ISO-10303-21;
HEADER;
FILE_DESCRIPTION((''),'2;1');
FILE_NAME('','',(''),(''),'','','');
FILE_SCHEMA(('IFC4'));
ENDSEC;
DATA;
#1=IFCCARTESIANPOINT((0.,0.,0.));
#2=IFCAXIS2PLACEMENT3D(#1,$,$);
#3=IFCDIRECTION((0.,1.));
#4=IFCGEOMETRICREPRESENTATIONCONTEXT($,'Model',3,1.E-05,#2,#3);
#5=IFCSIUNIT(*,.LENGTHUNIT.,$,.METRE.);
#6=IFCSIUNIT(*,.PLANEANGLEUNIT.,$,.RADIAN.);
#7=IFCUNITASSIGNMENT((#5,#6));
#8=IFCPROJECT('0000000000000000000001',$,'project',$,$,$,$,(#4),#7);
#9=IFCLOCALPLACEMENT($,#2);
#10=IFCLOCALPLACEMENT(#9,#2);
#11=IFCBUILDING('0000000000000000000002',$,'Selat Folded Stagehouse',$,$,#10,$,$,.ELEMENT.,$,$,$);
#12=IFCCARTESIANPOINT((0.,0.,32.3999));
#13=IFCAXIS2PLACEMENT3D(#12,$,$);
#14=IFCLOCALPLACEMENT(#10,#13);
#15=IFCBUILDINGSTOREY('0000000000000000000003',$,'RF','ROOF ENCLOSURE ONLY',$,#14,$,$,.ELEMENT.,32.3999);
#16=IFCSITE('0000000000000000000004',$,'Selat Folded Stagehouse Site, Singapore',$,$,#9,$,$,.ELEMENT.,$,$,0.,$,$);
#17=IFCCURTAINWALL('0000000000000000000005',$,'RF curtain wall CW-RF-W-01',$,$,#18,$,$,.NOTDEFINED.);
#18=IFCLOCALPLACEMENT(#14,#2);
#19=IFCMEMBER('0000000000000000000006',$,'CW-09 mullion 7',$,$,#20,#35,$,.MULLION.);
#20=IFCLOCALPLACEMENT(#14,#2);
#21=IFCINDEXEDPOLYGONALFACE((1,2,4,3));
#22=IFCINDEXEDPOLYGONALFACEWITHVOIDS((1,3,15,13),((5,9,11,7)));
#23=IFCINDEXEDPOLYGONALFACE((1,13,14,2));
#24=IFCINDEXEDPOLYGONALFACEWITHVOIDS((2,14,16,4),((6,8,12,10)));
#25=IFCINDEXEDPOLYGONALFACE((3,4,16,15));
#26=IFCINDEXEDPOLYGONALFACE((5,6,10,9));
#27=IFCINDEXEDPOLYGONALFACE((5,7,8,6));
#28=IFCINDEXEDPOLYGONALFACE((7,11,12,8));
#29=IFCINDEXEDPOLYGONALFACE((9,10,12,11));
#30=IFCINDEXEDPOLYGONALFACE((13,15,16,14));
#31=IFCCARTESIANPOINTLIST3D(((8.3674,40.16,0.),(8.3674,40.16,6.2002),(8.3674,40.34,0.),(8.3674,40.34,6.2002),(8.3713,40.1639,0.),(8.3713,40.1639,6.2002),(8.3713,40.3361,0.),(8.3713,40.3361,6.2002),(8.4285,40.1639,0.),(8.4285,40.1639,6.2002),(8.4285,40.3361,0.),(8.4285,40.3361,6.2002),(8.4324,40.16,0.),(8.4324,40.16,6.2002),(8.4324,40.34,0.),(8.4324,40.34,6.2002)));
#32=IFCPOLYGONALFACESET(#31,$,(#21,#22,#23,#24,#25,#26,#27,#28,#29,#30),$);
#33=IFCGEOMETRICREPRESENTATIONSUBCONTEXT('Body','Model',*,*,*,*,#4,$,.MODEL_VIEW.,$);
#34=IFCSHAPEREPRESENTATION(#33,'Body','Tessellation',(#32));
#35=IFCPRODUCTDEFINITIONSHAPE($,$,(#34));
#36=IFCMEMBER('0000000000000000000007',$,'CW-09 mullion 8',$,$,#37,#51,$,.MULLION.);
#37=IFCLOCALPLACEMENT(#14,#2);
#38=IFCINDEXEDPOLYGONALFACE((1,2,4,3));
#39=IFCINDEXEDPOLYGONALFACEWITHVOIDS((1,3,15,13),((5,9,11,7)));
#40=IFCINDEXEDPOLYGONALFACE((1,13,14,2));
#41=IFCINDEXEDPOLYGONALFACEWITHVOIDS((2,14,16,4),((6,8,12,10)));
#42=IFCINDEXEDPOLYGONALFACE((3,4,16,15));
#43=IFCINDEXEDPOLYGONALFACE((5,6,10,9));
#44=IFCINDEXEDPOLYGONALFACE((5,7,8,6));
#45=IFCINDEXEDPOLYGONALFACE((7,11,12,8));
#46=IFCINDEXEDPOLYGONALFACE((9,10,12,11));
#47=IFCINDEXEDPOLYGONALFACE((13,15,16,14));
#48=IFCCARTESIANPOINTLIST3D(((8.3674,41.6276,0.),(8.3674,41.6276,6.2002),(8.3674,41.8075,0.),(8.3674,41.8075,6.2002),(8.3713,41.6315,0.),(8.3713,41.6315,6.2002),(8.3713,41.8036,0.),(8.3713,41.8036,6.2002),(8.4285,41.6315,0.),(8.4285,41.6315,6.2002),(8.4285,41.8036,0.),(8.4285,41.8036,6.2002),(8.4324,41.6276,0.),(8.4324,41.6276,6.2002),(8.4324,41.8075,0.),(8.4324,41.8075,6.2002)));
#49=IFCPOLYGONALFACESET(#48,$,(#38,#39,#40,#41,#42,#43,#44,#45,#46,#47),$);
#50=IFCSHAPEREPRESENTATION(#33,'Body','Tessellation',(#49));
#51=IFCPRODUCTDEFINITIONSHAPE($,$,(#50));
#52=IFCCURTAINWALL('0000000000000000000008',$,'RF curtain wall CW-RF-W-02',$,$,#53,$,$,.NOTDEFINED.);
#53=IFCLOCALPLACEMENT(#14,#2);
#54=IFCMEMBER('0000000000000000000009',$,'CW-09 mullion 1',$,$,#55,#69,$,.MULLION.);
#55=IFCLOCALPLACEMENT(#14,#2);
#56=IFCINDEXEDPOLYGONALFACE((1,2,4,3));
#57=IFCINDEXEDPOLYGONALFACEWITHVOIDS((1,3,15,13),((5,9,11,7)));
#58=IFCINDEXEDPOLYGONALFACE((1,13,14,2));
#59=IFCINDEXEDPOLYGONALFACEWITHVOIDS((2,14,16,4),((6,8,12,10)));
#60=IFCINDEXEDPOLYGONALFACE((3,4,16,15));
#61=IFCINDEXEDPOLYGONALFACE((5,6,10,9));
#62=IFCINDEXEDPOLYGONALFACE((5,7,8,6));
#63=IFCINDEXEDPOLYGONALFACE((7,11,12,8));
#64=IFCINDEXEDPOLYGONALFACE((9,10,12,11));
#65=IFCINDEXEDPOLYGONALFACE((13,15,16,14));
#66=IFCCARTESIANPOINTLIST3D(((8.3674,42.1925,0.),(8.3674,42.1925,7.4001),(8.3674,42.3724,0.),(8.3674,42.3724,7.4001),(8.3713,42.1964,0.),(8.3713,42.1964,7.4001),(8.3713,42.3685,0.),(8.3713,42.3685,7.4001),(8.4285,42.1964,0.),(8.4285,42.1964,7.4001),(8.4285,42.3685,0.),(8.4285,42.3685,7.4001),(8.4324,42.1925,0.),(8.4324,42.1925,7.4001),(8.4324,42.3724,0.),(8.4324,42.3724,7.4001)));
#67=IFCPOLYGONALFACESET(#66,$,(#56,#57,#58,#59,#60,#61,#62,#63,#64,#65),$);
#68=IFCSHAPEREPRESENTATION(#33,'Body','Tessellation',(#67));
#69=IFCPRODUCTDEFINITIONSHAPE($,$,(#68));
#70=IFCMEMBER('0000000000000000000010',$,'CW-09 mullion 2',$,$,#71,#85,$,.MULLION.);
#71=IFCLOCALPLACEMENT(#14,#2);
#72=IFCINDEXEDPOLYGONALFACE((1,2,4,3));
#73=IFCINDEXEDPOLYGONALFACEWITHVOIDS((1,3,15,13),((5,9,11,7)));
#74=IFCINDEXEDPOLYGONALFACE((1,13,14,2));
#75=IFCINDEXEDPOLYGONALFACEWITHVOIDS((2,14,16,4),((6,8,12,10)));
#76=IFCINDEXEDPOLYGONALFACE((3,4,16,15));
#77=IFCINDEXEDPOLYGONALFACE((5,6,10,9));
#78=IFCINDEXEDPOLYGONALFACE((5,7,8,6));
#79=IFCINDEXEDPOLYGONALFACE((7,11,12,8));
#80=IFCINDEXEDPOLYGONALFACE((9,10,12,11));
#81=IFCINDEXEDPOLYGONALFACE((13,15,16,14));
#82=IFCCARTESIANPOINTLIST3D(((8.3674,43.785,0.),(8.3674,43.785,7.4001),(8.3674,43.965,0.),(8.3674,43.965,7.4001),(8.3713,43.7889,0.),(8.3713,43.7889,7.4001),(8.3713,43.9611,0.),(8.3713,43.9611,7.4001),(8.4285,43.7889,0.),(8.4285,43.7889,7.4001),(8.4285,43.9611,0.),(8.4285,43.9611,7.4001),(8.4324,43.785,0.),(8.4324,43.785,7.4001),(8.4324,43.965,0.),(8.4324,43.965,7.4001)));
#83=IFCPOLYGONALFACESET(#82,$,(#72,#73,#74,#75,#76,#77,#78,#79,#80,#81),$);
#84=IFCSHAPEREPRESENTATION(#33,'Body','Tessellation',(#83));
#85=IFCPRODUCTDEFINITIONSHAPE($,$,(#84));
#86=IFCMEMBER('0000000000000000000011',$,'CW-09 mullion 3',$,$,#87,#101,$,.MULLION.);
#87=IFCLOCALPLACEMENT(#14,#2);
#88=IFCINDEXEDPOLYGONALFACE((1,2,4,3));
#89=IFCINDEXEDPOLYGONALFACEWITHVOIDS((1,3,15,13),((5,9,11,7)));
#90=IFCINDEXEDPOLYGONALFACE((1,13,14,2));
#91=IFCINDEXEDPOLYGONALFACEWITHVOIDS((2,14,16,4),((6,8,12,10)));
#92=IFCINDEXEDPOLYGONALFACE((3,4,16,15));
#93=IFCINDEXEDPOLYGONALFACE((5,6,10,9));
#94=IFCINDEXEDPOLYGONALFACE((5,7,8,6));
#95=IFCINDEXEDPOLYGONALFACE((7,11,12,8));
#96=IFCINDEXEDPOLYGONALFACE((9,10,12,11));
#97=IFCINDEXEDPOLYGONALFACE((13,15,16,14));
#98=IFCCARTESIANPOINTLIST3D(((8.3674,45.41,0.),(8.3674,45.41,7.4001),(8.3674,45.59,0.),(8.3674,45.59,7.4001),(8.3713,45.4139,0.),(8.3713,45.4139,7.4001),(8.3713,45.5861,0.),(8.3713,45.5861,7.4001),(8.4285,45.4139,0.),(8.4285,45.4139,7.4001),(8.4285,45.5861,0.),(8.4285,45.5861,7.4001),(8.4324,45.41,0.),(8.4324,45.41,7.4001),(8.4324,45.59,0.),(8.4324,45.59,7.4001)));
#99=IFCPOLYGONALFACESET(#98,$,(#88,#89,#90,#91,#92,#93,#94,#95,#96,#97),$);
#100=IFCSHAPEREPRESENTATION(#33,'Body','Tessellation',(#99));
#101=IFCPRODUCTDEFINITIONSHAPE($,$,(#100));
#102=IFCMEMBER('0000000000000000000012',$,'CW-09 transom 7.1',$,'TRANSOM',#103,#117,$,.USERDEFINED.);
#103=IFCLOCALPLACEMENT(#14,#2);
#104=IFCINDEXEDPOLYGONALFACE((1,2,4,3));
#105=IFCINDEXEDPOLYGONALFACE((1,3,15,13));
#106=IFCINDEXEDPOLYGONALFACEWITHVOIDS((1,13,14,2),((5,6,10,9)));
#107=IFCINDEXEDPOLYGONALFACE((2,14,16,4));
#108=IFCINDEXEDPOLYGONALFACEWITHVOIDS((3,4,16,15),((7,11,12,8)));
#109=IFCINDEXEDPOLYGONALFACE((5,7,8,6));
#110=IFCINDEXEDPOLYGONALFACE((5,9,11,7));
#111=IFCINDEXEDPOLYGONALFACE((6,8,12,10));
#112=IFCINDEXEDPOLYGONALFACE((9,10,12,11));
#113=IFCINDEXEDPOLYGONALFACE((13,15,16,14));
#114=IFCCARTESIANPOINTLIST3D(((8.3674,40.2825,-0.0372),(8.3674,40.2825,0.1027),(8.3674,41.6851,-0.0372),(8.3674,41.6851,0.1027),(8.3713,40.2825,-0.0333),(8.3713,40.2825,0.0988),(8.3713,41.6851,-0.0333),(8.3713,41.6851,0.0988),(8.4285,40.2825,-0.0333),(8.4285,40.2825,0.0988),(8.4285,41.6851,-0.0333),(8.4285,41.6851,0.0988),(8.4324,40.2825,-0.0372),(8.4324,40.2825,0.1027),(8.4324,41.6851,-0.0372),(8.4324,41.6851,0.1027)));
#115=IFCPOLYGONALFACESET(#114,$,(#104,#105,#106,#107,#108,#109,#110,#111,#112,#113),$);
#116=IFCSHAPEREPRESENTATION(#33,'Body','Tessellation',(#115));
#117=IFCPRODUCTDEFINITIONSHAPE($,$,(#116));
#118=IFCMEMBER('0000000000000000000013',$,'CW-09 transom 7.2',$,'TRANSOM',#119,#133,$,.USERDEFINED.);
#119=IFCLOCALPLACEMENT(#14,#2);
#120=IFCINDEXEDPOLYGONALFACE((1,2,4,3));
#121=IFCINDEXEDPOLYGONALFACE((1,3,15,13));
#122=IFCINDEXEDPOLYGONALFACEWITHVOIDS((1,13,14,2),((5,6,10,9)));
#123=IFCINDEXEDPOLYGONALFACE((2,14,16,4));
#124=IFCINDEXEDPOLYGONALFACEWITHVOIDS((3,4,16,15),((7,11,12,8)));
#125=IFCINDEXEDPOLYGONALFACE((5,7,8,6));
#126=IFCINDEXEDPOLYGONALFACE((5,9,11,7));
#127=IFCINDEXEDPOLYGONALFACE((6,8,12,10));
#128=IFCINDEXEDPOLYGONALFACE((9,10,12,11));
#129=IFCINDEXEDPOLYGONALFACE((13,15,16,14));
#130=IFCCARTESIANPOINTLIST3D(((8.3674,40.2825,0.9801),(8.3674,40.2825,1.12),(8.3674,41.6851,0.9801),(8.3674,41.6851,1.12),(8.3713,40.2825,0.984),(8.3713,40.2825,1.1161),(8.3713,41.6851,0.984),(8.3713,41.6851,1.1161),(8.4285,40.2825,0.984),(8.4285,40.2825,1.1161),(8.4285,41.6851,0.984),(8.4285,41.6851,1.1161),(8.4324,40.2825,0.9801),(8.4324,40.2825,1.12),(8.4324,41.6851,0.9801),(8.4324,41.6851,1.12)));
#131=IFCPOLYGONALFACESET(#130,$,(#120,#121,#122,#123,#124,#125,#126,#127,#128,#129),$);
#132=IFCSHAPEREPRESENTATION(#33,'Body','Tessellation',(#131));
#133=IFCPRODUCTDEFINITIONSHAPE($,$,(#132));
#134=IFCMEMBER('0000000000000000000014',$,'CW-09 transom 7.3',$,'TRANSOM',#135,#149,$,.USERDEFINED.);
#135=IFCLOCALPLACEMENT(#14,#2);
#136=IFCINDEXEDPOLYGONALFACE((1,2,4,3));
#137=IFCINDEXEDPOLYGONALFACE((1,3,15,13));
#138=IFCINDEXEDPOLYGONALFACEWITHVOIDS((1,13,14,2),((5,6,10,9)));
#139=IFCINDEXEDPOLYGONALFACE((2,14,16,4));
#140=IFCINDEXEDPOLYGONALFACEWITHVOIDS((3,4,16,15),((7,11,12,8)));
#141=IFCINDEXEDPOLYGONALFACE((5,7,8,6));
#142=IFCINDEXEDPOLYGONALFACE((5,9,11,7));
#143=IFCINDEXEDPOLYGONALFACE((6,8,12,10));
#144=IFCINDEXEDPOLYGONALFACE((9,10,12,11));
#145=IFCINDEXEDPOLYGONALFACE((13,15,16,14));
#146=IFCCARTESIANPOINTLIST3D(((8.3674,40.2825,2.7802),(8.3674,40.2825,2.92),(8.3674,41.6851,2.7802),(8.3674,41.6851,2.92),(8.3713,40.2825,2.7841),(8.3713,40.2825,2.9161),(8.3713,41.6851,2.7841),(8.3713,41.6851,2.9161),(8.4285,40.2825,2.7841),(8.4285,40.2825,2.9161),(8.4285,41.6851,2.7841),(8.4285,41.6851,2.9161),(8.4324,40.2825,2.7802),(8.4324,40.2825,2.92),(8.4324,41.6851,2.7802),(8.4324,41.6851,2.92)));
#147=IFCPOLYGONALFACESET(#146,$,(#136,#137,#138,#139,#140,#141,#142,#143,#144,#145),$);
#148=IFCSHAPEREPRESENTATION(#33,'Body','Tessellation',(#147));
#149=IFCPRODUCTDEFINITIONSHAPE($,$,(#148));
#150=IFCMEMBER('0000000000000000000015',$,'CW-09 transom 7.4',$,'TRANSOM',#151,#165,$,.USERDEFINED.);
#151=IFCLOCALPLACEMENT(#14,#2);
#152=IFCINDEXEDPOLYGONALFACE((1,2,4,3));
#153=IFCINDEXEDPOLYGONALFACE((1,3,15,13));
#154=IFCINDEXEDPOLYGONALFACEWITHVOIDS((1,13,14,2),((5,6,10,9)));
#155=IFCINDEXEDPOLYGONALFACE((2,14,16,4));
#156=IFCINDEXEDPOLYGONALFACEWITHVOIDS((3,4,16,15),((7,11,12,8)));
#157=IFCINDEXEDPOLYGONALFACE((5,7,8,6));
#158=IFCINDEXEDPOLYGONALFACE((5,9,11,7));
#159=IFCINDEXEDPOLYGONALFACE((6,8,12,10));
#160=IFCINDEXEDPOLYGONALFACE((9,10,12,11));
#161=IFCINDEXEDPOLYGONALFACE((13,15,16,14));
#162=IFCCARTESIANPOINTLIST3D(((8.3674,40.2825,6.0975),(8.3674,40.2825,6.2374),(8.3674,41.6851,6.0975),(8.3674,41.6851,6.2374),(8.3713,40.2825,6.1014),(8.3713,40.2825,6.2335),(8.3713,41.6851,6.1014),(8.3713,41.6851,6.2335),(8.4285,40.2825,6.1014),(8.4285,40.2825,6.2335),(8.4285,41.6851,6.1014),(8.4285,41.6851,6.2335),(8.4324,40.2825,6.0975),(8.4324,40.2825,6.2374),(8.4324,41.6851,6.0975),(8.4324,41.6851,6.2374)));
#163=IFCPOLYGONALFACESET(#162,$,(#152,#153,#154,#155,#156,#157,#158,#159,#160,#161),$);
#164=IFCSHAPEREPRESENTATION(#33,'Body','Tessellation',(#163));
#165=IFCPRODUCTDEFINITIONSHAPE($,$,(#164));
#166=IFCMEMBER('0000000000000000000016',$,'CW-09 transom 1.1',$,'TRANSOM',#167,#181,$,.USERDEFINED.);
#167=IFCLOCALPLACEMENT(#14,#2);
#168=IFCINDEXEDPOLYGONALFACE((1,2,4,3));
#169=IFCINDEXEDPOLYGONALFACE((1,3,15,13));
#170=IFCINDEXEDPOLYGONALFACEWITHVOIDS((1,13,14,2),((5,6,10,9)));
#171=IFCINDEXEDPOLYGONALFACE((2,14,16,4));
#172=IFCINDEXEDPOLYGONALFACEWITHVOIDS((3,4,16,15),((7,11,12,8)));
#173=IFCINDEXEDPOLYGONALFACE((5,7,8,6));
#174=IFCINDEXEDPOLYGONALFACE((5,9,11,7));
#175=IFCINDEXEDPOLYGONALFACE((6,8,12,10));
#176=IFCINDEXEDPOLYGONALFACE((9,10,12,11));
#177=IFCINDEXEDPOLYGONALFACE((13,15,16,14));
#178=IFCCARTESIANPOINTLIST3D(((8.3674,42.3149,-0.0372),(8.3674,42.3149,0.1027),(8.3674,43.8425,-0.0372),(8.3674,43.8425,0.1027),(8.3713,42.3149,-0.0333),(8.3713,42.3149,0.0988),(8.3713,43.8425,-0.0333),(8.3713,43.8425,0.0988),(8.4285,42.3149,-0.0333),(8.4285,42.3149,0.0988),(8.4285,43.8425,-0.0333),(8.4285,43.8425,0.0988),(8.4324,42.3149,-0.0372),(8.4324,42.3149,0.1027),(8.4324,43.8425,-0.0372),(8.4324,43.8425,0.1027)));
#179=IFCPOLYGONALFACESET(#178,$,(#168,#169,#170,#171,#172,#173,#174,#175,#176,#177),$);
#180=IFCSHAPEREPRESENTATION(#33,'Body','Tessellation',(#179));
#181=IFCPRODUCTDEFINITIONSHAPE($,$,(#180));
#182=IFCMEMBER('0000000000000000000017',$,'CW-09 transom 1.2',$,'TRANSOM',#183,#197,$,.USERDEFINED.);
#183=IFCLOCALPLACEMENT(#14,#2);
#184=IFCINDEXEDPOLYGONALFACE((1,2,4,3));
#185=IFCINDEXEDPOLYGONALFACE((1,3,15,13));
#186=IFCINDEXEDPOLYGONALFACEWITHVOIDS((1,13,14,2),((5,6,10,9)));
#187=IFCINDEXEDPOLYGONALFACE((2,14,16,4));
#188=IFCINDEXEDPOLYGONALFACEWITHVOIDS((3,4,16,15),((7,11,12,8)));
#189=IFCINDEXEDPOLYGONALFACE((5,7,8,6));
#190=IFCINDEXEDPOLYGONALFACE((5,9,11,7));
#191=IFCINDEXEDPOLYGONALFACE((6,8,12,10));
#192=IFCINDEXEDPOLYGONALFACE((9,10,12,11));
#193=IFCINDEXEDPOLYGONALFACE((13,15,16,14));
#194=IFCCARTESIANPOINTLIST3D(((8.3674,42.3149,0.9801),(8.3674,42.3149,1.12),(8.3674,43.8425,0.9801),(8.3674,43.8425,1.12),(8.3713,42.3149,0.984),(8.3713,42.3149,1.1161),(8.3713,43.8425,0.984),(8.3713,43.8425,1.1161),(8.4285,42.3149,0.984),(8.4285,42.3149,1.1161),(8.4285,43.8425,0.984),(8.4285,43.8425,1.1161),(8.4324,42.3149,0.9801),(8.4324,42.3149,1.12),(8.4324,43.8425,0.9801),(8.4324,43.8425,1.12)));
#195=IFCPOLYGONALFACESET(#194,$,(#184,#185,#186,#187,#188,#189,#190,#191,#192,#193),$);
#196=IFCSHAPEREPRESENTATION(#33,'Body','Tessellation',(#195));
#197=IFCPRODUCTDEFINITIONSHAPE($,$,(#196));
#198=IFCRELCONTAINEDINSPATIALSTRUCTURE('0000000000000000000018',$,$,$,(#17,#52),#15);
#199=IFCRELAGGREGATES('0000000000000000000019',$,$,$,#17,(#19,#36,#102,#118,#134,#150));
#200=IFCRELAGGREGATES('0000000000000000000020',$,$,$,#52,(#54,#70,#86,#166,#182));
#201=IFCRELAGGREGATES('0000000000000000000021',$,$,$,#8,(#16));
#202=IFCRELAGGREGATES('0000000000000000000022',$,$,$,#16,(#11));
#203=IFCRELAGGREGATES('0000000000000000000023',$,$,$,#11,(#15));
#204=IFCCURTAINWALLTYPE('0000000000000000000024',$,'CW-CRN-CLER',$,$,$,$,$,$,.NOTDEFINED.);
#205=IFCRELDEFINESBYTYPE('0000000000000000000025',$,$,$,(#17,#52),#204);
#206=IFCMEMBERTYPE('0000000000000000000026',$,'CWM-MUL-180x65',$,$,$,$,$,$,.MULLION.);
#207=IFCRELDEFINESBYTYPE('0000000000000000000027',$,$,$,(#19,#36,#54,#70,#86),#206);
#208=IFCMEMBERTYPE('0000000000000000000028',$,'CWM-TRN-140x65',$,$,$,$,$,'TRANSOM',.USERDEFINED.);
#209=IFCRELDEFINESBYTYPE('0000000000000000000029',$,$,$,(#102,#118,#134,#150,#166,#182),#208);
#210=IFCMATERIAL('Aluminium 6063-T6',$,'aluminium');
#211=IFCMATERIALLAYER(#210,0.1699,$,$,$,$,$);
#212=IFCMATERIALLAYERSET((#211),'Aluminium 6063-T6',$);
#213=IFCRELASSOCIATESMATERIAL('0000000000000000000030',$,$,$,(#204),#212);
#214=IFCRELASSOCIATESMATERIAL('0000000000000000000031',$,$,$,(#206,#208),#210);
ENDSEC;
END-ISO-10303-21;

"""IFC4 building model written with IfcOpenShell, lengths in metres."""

from ifc_helpers import new_model, si_unit, direction, frame, origin, origin_2d, place, context, subcontext, project, spatial, hollow_rectangle, extrude, material, layer, layer_set, material_profile, profile_set, type_object, element, aggregate, save


model = new_model("IFC4")

# Units and contexts
model_context = context("Model", 3, precision=1e-05, world=origin(), true_north=direction((0.0, 1.0)))
body_context = subcontext(model_context, "Body", "Model", "MODEL_VIEW")
ifc_project = project(units=[si_unit("LENGTHUNIT", "METRE"), si_unit("PLANEANGLEUNIT", "RADIAN")], contexts=[model_context])

# Site, building, storey
site_placement = place(None, origin())
site = spatial("IfcSite", under=ifc_project, at=site_placement, Name="Selat Folded Stagehouse Site, Singapore", CompositionType="ELEMENT", RefElevation=0.0)
building_placement = place(site_placement, origin())
building = spatial("IfcBuilding", under=site, at=building_placement, Name="Selat Folded Stagehouse", CompositionType="ELEMENT")
storey_placement = place(building_placement, frame((0.0, 0.0, 32.3999)))
storey = spatial("IfcBuildingStorey", under=building, at=storey_placement, Name="RF", Description="ROOF ENCLOSURE ONLY", CompositionType="ELEMENT", Elevation=32.3999)

# Curtain walls, members
ifc_material_1 = material(Name="Aluminium 6063-T6", Category="aluminium")
ifc_layer_1 = layer(ifc_material_1, 0.1699)
ifc_layer_set_1 = layer_set([ifc_layer_1], Name="Aluminium 6063-T6")
curtain_wall_type = type_object("IfcCurtainWallType", Name="CW-CRN-CLER", PredefinedType="NOTDEFINED", material=ifc_layer_set_1)
curtain_wall_1_placement = place(storey_placement, origin())
curtain_wall_1 = element("IfcCurtainWall", 1, at=curtain_wall_1_placement, inside=storey, type_object=curtain_wall_type, Name="RF curtain wall CW-RF-W-01", PredefinedType="NOTDEFINED")
ifc_material_profile_1 = material_profile(ifc_material_1, hollow_rectangle(XDim=0.0649, YDim=0.1799, WallThickness=0.0039, at=origin_2d()), Name="ALU 180x65x4.0")
ifc_profile_set_1 = profile_set([ifc_material_profile_1], Name="Aluminium 6063-T6")
member_type_1 = type_object("IfcMemberType", Name="CWM-MUL-180x65", PredefinedType="MULLION", material=ifc_profile_set_1)
member_1_placement = place(storey_placement, frame((8.3999, 40.25, 0.0), z_axis=(0.0, 0.0, 1.0), x_axis=(-1.0, 0.0, 0.0)))
member_1 = element("IfcMember", 2, at=member_1_placement, type_object=member_type_1, Name="CW-09 mullion 7", PredefinedType="MULLION", context=body_context, shape_type="SweptSolid", body=[
    extrude(hollow_rectangle(XDim=0.0649, YDim=0.1799, WallThickness=0.0039, at=origin_2d()), origin(), (0.0, 0.0, 1.0), 6.2002),
])
member_2_placement = place(storey_placement, frame((8.3999, 41.7175, 0.0), z_axis=(0.0, 0.0, 1.0), x_axis=(-1.0, 0.0, 0.0)))
member_2 = element("IfcMember", 3, at=member_2_placement, type_object=member_type_1, Name="CW-09 mullion 8", PredefinedType="MULLION", context=body_context, shape_type="SweptSolid", body=[
    extrude(hollow_rectangle(XDim=0.0649, YDim=0.1799, WallThickness=0.0039, at=origin_2d()), origin(), (0.0, 0.0, 1.0), 6.2002),
])
curtain_wall_2_placement = place(storey_placement, origin())
curtain_wall_2 = element("IfcCurtainWall", 4, at=curtain_wall_2_placement, inside=storey, type_object=curtain_wall_type, Name="RF curtain wall CW-RF-W-02", PredefinedType="NOTDEFINED")
member_3_placement = place(storey_placement, frame((8.3999, 42.2825, 0.0), z_axis=(0.0, 0.0, 1.0), x_axis=(-1.0, 0.0, 0.0)))
member_3 = element("IfcMember", 5, at=member_3_placement, type_object=member_type_1, Name="CW-09 mullion 1", PredefinedType="MULLION", context=body_context, shape_type="SweptSolid", body=[
    extrude(hollow_rectangle(XDim=0.0649, YDim=0.1799, WallThickness=0.0039, at=origin_2d()), origin(), (0.0, 0.0, 1.0), 7.4001),
])
member_4_placement = place(storey_placement, frame((8.3999, 43.875, 0.0), z_axis=(0.0, 0.0, 1.0), x_axis=(-1.0, 0.0, 0.0)))
member_4 = element("IfcMember", 6, at=member_4_placement, type_object=member_type_1, Name="CW-09 mullion 2", PredefinedType="MULLION", context=body_context, shape_type="SweptSolid", body=[
    extrude(hollow_rectangle(XDim=0.0649, YDim=0.1799, WallThickness=0.0039, at=origin_2d()), origin(), (0.0, 0.0, 1.0), 7.4001),
])
member_5_placement = place(storey_placement, frame((8.3999, 45.5, 0.0), z_axis=(0.0, 0.0, 1.0), x_axis=(-1.0, 0.0, 0.0)))
member_5 = element("IfcMember", 7, at=member_5_placement, type_object=member_type_1, Name="CW-09 mullion 3", PredefinedType="MULLION", context=body_context, shape_type="SweptSolid", body=[
    extrude(hollow_rectangle(XDim=0.0649, YDim=0.1799, WallThickness=0.0039, at=origin_2d()), origin(), (0.0, 0.0, 1.0), 7.4001),
])

# Members
ifc_material_profile_2 = material_profile(ifc_material_1, hollow_rectangle(XDim=0.0649, YDim=0.1399, WallThickness=0.0039, at=origin_2d()), Name="ALU 140x65x4.0")
ifc_profile_set_2 = profile_set([ifc_material_profile_2], Name="Aluminium 6063-T6")
member_type_2 = type_object("IfcMemberType", Name="CWM-TRN-140x65", ElementType="TRANSOM", PredefinedType="USERDEFINED", material=ifc_profile_set_2)
member_6_placement = place(storey_placement, frame((8.3999, 40.2825, 0.0327), z_axis=(0.0, 1.0, 0.0), x_axis=(-1.0, 0.0, 0.0)))
member_6 = element("IfcMember", 8, at=member_6_placement, type_object=member_type_2, Name="CW-09 transom 7.1", ObjectType="TRANSOM", PredefinedType="USERDEFINED", context=body_context, shape_type="SweptSolid", body=[
    extrude(hollow_rectangle(XDim=0.0649, YDim=0.1399, WallThickness=0.0039, at=origin_2d()), origin(), (0.0, 0.0, 1.0), 1.4026),
])
member_7_placement = place(storey_placement, frame((8.3999, 40.2825, 1.05), z_axis=(0.0, 1.0, 0.0), x_axis=(-1.0, 0.0, 0.0)))
member_7 = element("IfcMember", 9, at=member_7_placement, type_object=member_type_2, Name="CW-09 transom 7.2", ObjectType="TRANSOM", PredefinedType="USERDEFINED", context=body_context, shape_type="SweptSolid", body=[
    extrude(hollow_rectangle(XDim=0.0649, YDim=0.1399, WallThickness=0.0039, at=origin_2d()), origin(), (0.0, 0.0, 1.0), 1.4026),
])
member_8_placement = place(storey_placement, frame((8.3999, 40.2825, 2.8501), z_axis=(0.0, 1.0, 0.0), x_axis=(-1.0, 0.0, 0.0)))
member_8 = element("IfcMember", 10, at=member_8_placement, type_object=member_type_2, Name="CW-09 transom 7.3", ObjectType="TRANSOM", PredefinedType="USERDEFINED", context=body_context, shape_type="SweptSolid", body=[
    extrude(hollow_rectangle(XDim=0.0649, YDim=0.1399, WallThickness=0.0039, at=origin_2d()), origin(), (0.0, 0.0, 1.0), 1.4026),
])
member_9_placement = place(storey_placement, frame((8.3999, 40.2825, 6.1675), z_axis=(0.0, 1.0, 0.0), x_axis=(-1.0, 0.0, 0.0)))
member_9 = element("IfcMember", 11, at=member_9_placement, type_object=member_type_2, Name="CW-09 transom 7.4", ObjectType="TRANSOM", PredefinedType="USERDEFINED", context=body_context, shape_type="SweptSolid", body=[
    extrude(hollow_rectangle(XDim=0.0649, YDim=0.1399, WallThickness=0.0039, at=origin_2d()), origin(), (0.0, 0.0, 1.0), 1.4026),
])
member_10_placement = place(storey_placement, frame((8.3999, 42.3149, 0.0327), z_axis=(0.0, 1.0, 0.0), x_axis=(-1.0, 0.0, 0.0)))
member_10 = element("IfcMember", 12, at=member_10_placement, type_object=member_type_2, Name="CW-09 transom 1.1", ObjectType="TRANSOM", PredefinedType="USERDEFINED", context=body_context, shape_type="SweptSolid", body=[
    extrude(hollow_rectangle(XDim=0.0649, YDim=0.1399, WallThickness=0.0039, at=origin_2d()), origin(), (0.0, 0.0, 1.0), 1.5276),
])
member_11_placement = place(storey_placement, frame((8.3999, 42.3149, 1.05), z_axis=(0.0, 1.0, 0.0), x_axis=(-1.0, 0.0, 0.0)))
member_11 = element("IfcMember", 13, at=member_11_placement, type_object=member_type_2, Name="CW-09 transom 1.2", ObjectType="TRANSOM", PredefinedType="USERDEFINED", context=body_context, shape_type="SweptSolid", body=[
    extrude(hollow_rectangle(XDim=0.0649, YDim=0.1399, WallThickness=0.0039, at=origin_2d()), origin(), (0.0, 0.0, 1.0), 1.5276),
])

aggregate(curtain_wall_1, [member_1, member_2, member_6, member_7, member_8, member_9])
aggregate(curtain_wall_2, [member_3, member_4, member_5, member_10, member_11])

save(model, "model.ifc")
